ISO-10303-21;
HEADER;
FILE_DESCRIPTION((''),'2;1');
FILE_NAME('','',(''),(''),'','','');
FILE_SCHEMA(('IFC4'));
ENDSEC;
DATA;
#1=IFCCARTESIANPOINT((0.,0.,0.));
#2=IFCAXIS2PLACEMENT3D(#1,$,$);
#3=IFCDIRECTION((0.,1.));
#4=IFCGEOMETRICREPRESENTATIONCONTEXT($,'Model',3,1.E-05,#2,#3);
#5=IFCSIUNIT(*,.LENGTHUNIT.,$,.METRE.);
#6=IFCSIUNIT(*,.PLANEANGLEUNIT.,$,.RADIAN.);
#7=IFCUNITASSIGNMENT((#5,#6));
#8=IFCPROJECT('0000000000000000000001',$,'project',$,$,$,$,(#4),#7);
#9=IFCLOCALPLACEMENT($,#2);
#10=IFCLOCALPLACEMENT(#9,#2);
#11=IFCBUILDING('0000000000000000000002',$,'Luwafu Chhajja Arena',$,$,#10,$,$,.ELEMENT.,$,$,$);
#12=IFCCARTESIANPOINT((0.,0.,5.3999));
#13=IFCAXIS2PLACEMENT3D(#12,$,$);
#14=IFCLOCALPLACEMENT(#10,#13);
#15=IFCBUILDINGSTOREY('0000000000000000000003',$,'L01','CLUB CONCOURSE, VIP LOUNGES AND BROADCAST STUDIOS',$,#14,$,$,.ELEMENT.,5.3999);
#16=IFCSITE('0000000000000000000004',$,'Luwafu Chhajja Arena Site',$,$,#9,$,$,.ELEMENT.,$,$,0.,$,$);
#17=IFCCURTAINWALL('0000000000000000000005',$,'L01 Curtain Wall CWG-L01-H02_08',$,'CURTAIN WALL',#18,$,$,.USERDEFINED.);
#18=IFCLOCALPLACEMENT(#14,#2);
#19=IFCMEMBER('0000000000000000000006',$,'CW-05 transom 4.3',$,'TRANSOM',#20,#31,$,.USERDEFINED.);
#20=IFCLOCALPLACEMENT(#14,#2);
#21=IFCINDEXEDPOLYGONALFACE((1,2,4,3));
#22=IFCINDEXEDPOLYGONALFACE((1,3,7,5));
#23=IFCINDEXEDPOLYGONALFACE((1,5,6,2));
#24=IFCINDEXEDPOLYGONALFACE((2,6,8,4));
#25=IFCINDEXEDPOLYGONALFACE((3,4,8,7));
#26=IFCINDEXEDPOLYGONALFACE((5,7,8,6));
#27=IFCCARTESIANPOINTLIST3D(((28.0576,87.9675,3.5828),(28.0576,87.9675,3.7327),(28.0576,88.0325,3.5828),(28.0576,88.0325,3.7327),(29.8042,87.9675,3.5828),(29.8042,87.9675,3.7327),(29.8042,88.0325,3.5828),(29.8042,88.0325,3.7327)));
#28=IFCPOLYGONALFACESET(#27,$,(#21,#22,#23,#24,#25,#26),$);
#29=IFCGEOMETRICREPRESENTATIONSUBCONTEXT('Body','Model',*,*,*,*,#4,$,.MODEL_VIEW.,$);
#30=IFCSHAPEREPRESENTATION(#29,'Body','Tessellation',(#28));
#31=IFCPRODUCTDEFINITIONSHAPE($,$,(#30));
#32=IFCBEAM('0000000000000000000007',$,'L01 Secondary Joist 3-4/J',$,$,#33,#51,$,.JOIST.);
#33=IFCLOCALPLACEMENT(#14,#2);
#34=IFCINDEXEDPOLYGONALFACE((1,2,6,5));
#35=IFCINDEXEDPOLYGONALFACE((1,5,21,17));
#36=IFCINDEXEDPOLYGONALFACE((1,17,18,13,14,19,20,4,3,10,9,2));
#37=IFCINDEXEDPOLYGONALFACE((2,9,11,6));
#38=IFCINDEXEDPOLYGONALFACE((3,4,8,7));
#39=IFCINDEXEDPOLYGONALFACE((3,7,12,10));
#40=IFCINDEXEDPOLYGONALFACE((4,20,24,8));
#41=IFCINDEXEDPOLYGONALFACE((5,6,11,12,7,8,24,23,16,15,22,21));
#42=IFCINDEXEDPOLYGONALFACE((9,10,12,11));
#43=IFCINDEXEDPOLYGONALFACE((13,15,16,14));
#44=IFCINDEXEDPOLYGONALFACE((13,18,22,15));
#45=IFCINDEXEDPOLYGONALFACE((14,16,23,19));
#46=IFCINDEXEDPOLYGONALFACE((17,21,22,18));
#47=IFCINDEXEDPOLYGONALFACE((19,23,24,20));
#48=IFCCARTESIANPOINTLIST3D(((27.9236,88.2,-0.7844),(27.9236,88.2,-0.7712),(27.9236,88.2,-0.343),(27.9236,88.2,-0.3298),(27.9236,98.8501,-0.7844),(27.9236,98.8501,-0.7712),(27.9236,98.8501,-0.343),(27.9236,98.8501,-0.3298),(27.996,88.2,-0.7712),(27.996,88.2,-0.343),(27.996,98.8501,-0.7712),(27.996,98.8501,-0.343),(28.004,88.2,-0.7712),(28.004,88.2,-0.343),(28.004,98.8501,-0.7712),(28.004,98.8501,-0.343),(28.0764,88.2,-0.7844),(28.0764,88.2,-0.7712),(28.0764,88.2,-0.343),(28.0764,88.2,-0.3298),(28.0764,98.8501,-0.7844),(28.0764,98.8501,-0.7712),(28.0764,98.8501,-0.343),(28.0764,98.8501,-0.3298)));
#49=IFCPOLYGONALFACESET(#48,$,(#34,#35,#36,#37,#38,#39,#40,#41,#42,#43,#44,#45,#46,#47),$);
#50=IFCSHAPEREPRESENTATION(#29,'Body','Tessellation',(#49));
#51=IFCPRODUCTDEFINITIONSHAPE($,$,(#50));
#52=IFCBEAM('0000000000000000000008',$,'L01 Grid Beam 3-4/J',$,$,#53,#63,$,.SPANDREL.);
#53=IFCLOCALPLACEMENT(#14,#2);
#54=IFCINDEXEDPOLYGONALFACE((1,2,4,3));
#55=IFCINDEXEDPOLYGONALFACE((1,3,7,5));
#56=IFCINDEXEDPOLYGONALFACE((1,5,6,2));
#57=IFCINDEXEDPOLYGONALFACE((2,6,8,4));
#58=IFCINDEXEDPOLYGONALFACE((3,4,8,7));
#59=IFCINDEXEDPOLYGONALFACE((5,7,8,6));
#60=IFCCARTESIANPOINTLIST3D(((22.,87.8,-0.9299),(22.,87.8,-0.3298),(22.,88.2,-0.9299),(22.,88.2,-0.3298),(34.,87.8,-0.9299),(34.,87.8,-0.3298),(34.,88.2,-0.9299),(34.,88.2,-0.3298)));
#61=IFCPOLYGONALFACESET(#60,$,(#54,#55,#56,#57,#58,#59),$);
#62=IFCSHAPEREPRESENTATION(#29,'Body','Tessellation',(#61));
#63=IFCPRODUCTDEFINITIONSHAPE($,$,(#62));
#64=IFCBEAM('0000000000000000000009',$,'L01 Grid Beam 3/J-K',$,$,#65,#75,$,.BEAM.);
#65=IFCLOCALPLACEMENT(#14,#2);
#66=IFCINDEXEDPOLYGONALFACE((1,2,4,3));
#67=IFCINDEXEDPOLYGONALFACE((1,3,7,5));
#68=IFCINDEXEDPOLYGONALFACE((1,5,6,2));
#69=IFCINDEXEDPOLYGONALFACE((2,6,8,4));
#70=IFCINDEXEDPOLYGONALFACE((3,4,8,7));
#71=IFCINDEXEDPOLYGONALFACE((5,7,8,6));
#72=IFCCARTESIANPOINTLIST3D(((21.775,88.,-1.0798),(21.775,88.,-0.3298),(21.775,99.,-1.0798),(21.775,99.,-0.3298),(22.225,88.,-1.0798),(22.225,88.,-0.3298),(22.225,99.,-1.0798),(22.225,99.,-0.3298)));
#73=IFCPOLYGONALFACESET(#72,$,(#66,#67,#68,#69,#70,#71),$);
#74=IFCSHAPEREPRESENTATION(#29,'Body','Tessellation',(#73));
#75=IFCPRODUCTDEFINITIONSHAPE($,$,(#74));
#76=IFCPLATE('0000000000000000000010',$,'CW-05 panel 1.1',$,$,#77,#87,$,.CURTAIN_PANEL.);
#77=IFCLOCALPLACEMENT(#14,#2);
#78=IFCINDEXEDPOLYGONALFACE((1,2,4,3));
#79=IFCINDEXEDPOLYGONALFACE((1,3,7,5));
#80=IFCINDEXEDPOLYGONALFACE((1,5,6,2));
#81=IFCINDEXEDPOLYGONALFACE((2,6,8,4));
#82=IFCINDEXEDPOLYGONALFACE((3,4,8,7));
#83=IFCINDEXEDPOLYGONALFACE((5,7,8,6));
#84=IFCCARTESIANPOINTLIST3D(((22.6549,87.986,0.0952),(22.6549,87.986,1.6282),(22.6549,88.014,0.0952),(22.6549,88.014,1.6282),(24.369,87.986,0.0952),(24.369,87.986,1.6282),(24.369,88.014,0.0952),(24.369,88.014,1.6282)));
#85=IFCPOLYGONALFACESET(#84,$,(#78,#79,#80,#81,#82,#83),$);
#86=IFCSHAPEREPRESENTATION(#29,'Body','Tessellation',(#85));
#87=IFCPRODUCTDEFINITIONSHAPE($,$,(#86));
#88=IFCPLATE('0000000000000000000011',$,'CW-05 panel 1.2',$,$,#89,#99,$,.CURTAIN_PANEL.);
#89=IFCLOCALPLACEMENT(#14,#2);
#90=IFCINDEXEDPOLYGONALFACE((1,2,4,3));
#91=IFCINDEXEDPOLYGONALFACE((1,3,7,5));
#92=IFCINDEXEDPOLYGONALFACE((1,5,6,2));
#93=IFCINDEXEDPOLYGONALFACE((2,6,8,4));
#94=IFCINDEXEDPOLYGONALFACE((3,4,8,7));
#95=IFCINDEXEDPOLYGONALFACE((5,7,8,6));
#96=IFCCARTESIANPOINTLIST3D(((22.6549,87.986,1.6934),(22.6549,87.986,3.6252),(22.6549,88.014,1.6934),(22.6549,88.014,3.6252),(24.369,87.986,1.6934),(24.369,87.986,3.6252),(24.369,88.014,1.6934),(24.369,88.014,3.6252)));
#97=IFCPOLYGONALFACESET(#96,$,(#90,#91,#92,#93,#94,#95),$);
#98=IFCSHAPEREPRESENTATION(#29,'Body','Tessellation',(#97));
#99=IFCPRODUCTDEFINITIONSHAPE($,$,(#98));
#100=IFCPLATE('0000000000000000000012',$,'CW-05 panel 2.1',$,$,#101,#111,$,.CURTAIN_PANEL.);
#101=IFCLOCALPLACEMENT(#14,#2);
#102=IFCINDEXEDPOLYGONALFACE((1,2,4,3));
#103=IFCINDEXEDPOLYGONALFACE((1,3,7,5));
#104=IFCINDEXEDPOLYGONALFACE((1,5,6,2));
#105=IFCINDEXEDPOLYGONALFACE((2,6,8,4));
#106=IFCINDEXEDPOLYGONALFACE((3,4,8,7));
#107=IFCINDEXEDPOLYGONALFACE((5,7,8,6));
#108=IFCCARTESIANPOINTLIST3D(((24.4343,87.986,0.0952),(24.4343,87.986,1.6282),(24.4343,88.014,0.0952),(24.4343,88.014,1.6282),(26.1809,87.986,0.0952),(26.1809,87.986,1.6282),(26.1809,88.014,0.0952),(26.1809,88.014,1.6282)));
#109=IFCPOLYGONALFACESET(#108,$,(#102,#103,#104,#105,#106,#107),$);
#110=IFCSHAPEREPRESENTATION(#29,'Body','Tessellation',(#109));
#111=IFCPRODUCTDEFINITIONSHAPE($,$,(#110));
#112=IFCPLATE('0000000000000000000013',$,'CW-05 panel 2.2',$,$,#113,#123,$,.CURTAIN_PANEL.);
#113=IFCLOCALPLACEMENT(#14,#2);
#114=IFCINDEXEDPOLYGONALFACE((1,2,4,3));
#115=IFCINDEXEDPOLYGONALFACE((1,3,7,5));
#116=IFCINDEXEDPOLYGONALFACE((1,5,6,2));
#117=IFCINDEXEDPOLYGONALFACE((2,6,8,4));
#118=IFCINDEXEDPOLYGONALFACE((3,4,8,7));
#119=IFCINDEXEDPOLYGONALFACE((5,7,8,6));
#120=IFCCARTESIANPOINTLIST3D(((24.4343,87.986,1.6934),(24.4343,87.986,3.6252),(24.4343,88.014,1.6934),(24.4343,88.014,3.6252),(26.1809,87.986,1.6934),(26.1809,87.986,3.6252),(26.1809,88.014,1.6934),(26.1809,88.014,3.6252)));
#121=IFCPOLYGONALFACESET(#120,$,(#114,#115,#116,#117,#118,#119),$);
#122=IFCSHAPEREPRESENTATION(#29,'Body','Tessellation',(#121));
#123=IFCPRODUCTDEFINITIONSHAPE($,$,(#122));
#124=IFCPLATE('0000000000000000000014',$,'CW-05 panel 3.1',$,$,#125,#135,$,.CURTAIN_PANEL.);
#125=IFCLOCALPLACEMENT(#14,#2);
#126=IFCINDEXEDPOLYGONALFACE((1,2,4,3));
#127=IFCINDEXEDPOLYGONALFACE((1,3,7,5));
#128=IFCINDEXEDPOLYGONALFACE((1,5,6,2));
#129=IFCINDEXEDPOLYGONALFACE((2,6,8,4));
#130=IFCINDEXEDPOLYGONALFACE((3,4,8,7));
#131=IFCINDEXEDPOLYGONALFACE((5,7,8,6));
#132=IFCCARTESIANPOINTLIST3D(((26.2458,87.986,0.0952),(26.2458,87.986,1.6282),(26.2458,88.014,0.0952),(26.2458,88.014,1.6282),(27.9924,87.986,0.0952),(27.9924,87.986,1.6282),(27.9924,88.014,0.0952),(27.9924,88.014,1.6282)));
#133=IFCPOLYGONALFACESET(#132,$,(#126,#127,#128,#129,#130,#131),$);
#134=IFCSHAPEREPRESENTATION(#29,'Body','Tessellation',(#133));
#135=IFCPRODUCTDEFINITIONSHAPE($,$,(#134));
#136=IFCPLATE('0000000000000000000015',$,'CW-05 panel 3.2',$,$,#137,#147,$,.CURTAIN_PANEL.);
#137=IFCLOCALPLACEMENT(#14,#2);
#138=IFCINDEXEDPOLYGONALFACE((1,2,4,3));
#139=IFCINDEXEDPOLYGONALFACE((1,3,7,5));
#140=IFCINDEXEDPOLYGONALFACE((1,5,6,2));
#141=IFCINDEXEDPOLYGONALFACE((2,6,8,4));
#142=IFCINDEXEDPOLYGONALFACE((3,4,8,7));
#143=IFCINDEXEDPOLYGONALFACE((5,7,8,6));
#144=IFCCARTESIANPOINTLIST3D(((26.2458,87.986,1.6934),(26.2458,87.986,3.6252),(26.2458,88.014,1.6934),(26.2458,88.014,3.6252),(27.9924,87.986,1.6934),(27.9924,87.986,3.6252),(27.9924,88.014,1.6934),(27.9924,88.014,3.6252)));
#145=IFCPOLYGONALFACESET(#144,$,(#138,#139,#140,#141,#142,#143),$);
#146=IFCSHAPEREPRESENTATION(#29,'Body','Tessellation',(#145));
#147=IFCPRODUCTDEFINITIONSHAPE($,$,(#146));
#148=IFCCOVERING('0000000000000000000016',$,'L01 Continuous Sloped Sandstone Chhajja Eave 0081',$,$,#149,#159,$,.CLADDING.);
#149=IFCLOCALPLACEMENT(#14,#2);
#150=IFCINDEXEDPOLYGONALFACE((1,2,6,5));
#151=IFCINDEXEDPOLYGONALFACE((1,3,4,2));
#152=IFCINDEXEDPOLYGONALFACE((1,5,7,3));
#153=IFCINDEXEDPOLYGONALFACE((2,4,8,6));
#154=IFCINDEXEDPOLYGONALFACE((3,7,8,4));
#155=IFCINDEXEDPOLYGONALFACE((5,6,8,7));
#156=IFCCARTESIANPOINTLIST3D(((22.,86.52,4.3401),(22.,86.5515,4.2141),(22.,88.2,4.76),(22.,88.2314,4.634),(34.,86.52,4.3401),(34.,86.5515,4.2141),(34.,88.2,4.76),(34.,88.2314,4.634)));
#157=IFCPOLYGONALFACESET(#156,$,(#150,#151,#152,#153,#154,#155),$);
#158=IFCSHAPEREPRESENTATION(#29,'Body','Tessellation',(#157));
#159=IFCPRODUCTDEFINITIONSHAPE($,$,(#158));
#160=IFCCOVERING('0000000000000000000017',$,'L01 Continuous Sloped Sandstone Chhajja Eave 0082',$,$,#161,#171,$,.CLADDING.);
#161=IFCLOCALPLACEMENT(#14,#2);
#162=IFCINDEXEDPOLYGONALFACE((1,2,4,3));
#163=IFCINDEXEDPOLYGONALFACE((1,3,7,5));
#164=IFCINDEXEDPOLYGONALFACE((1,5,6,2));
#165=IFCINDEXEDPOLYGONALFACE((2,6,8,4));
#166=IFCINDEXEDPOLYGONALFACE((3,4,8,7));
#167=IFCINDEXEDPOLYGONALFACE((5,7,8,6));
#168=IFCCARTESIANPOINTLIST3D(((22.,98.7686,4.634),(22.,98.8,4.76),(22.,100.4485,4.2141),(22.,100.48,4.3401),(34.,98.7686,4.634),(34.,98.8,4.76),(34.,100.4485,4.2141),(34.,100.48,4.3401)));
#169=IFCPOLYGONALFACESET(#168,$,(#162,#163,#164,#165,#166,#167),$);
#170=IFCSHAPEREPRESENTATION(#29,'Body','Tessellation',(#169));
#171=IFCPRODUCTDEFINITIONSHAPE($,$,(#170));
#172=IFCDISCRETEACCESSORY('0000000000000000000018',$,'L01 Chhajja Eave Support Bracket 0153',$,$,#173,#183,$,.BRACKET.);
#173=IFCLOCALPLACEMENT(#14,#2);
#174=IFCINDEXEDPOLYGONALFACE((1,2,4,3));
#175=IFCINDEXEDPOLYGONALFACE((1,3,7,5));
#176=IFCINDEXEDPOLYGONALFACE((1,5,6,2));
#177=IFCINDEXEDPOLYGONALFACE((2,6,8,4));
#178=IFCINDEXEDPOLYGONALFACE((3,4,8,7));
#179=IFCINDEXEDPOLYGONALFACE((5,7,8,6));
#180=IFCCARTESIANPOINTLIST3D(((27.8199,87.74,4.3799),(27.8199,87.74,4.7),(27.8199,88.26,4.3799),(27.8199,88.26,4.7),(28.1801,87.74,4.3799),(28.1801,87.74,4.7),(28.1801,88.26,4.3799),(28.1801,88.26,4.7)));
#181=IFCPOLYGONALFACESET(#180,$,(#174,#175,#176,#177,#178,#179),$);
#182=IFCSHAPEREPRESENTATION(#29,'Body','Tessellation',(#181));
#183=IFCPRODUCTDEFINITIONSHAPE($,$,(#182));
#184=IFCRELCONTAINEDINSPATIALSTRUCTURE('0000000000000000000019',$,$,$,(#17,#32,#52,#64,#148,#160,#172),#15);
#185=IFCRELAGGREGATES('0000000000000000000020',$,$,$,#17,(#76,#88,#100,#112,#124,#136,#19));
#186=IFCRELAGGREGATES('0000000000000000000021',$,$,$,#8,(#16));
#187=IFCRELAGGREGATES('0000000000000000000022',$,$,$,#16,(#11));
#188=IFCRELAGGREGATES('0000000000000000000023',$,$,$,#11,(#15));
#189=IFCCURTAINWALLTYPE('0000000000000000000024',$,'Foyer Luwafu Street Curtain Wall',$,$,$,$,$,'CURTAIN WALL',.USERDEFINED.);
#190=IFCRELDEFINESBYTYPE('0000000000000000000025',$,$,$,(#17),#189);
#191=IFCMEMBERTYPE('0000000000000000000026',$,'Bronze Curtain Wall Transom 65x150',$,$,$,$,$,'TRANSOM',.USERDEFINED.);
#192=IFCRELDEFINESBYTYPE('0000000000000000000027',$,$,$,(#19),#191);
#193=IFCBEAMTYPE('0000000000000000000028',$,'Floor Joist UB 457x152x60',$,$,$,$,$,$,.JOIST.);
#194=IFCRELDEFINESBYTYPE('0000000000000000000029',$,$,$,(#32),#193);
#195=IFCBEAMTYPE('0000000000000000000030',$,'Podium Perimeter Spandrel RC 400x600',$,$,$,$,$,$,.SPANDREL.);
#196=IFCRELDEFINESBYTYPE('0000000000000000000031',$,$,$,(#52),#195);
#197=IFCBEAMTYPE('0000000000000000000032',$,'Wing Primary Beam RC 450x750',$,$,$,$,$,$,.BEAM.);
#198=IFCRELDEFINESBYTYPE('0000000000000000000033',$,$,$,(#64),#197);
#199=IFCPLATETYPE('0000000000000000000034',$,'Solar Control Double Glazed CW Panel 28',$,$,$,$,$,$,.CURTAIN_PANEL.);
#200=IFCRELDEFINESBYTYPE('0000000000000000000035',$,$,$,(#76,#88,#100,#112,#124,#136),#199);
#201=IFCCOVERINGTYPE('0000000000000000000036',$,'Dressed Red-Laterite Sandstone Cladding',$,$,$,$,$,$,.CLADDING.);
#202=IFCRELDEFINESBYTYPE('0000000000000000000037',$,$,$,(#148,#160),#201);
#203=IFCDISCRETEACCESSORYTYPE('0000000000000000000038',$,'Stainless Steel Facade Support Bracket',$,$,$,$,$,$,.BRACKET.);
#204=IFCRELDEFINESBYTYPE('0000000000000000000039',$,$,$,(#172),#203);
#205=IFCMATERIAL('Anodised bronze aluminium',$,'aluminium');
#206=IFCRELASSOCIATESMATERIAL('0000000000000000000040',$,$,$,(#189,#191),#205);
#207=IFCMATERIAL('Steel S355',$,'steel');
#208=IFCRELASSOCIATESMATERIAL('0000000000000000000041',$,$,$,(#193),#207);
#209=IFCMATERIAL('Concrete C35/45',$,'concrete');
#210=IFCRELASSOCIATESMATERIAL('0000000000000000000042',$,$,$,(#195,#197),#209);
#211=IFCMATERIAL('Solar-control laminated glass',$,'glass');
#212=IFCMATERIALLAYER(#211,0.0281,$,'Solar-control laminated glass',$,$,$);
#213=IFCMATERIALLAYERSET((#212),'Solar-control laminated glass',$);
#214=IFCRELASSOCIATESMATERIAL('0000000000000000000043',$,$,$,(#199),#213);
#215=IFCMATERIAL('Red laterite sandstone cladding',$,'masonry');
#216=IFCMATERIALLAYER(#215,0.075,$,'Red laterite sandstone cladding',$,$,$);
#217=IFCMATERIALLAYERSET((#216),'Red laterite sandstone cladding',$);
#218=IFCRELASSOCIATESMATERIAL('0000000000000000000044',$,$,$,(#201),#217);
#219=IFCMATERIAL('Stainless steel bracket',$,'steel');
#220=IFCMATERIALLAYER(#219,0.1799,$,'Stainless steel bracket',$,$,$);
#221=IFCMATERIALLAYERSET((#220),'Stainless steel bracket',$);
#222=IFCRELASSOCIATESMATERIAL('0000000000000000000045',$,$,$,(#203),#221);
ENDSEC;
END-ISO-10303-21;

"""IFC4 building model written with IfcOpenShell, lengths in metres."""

from ifc_helpers import new_model, si_unit, direction, frame, origin, origin_2d, place, context, subcontext, project, spatial, polyline, rectangle, i_section, outline, extrude, material, layer, layer_set, material_profile, profile_set, type_object, element, aggregate, save


model = new_model("IFC4")

# Units and contexts
model_context = context("Model", 3, precision=1e-05, world=origin(), true_north=direction((0.0, 1.0)))
body_context = subcontext(model_context, "Body", "Model", "MODEL_VIEW")
ifc_project = project(units=[si_unit("LENGTHUNIT", "METRE"), si_unit("PLANEANGLEUNIT", "RADIAN")], contexts=[model_context])

# Site, building, storey
site_placement = place(None, origin())
site = spatial("IfcSite", under=ifc_project, at=site_placement, Name="Luwafu Chhajja Arena Site", CompositionType="ELEMENT", RefElevation=0.0)
building_placement = place(site_placement, origin())
building = spatial("IfcBuilding", under=site, at=building_placement, Name="Luwafu Chhajja Arena", CompositionType="ELEMENT")
storey_placement = place(building_placement, frame((0.0, 0.0, 5.3999)))
storey = spatial("IfcBuildingStorey", under=building, at=storey_placement, Name="L01", Description="CLUB CONCOURSE, VIP LOUNGES AND BROADCAST STUDIOS", CompositionType="ELEMENT", Elevation=5.3999)

# Curtain wall, member
ifc_material_1 = material(Name="Anodised bronze aluminium", Category="aluminium")
curtain_wall_type = type_object("IfcCurtainWallType", Name="Foyer Luwafu Street Curtain Wall", ElementType="CURTAIN WALL", PredefinedType="USERDEFINED", material=ifc_material_1)
curtain_wall_placement = place(storey_placement, origin())
curtain_wall = element("IfcCurtainWall", 1, at=curtain_wall_placement, inside=storey, type_object=curtain_wall_type, Name="L01 Curtain Wall CWG-L01-H02_08", ObjectType="CURTAIN WALL", PredefinedType="USERDEFINED")
ifc_material_profile_1 = material_profile(ifc_material_1, rectangle(XDim=0.0649, YDim=0.1499, at=origin_2d()), Name="CWT 65x150")
ifc_profile_set_1 = profile_set([ifc_material_profile_1], Name="Anodised bronze aluminium")
member_type_1 = type_object("IfcMemberType", Name="Bronze Curtain Wall Transom 65x150", ElementType="TRANSOM", PredefinedType="USERDEFINED", material=ifc_profile_set_1)
member_1_placement = place(storey_placement, frame((28.0576, 88.0, 3.6577), z_axis=(1.0, 0.0, 0.0), x_axis=(0.0, 1.0, 0.0)))
member_1 = element("IfcMember", 2, at=member_1_placement, type_object=member_type_1, Name="CW-05 transom 4.3", ObjectType="TRANSOM", PredefinedType="USERDEFINED", context=body_context, shape_type="SweptSolid", body=[
    extrude(rectangle(XDim=0.0649, YDim=0.1499, at=origin_2d()), origin(), (0.0, 0.0, 1.0), 1.7466),
])

# Beams
ifc_material_2 = material(Name="Steel S355", Category="steel")
ifc_material_profile_2 = material_profile(ifc_material_2, i_section(OverallWidth=0.1528, OverallDepth=0.4546, WebThickness=0.0081, FlangeThickness=0.0132, at=origin_2d()), Name="UB 457x152x60")
ifc_profile_set_2 = profile_set([ifc_material_profile_2], Name="Steel S355")
beam_type_1 = type_object("IfcBeamType", Name="Floor Joist UB 457x152x60", PredefinedType="JOIST", material=ifc_profile_set_2)
beam_1_placement = place(storey_placement, frame((28.0, 88.2, -0.5571), z_axis=(0.0, 1.0, 0.0), x_axis=(-1.0, 0.0, 0.0)))
element("IfcBeam", 3, at=beam_1_placement, inside=storey, type_object=beam_type_1, Name="L01 Secondary Joist 3-4/J", PredefinedType="JOIST", context=body_context, shape_type="SweptSolid", body=[
    extrude(i_section(OverallWidth=0.1528, OverallDepth=0.4546, WebThickness=0.0081, FlangeThickness=0.0132, at=origin_2d()), origin(), (0.0, 0.0, 1.0), 10.6501),
])
ifc_material_3 = material(Name="Concrete C35/45", Category="concrete")
ifc_material_profile_3 = material_profile(ifc_material_3, rectangle(XDim=0.3999, YDim=0.6001, at=origin_2d()), Name="RC 400x600")
ifc_profile_set_3 = profile_set([ifc_material_profile_3], Name="Concrete C35/45")
beam_type_2 = type_object("IfcBeamType", Name="Podium Perimeter Spandrel RC 400x600", PredefinedType="SPANDREL", material=ifc_profile_set_3)
beam_2_placement = place(storey_placement, frame((22.0, 88.0, -0.6299), z_axis=(1.0, 0.0, 0.0), x_axis=(0.0, 1.0, 0.0)))
element("IfcBeam", 4, at=beam_2_placement, inside=storey, type_object=beam_type_2, Name="L01 Grid Beam 3-4/J", PredefinedType="SPANDREL", context=body_context, shape_type="SweptSolid", body=[
    extrude(rectangle(XDim=0.3999, YDim=0.6001, at=origin_2d()), origin(), (0.0, 0.0, 1.0), 12.0),
])
ifc_material_profile_4 = material_profile(ifc_material_3, rectangle(XDim=0.45, YDim=0.75, at=origin_2d()), Name="RC 450x750")
ifc_profile_set_4 = profile_set([ifc_material_profile_4], Name="Concrete C35/45")
beam_type_3 = type_object("IfcBeamType", Name="Wing Primary Beam RC 450x750", PredefinedType="BEAM", material=ifc_profile_set_4)
beam_3_placement = place(storey_placement, frame((22.0, 88.0, -0.7048), z_axis=(0.0, 1.0, 0.0), x_axis=(-1.0, 0.0, 0.0)))
element("IfcBeam", 5, at=beam_3_placement, inside=storey, type_object=beam_type_3, Name="L01 Grid Beam 3/J-K", PredefinedType="BEAM", context=body_context, shape_type="SweptSolid", body=[
    extrude(rectangle(XDim=0.45, YDim=0.75, at=origin_2d()), origin(), (0.0, 0.0, 1.0), 11.0),
])

# Plates
ifc_material_4 = material(Name="Solar-control laminated glass", Category="glass")
ifc_layer_1 = layer(ifc_material_4, 0.0281, Name="Solar-control laminated glass")
ifc_layer_set_1 = layer_set([ifc_layer_1], Name="Solar-control laminated glass")
plate_type = type_object("IfcPlateType", Name="Solar Control Double Glazed CW Panel 28", PredefinedType="CURTAIN_PANEL", material=ifc_layer_set_1)
plate_1_placement = place(storey_placement, frame((23.512, 88.0, 0.0952), z_axis=(0.0, 0.0, 1.0), x_axis=(1.0, 0.0, 0.0)))
plate_1 = element("IfcPlate", 6, at=plate_1_placement, type_object=plate_type, Name="CW-05 panel 1.1", PredefinedType="CURTAIN_PANEL", context=body_context, shape_type="SweptSolid", body=[
    extrude(rectangle(XDim=1.7141, YDim=0.0281, at=origin_2d()), origin(), (0.0, 0.0, 1.0), 1.533),
])
plate_2_placement = place(storey_placement, frame((23.512, 88.0, 1.6934), z_axis=(0.0, 0.0, 1.0), x_axis=(1.0, 0.0, 0.0)))
plate_2 = element("IfcPlate", 7, at=plate_2_placement, type_object=plate_type, Name="CW-05 panel 1.2", PredefinedType="CURTAIN_PANEL", context=body_context, shape_type="SweptSolid", body=[
    extrude(rectangle(XDim=1.7141, YDim=0.0281, at=origin_2d()), origin(), (0.0, 0.0, 1.0), 1.9319),
])
plate_3_placement = place(storey_placement, frame((25.3076, 88.0, 0.0952), z_axis=(0.0, 0.0, 1.0), x_axis=(1.0, 0.0, 0.0)))
plate_3 = element("IfcPlate", 8, at=plate_3_placement, type_object=plate_type, Name="CW-05 panel 2.1", PredefinedType="CURTAIN_PANEL", context=body_context, shape_type="SweptSolid", body=[
    extrude(rectangle(XDim=1.7466, YDim=0.0281, at=origin_2d()), origin(), (0.0, 0.0, 1.0), 1.533),
])
plate_4_placement = place(storey_placement, frame((25.3076, 88.0, 1.6934), z_axis=(0.0, 0.0, 1.0), x_axis=(1.0, 0.0, 0.0)))
plate_4 = element("IfcPlate", 9, at=plate_4_placement, type_object=plate_type, Name="CW-05 panel 2.2", PredefinedType="CURTAIN_PANEL", context=body_context, shape_type="SweptSolid", body=[
    extrude(rectangle(XDim=1.7466, YDim=0.0281, at=origin_2d()), origin(), (0.0, 0.0, 1.0), 1.9319),
])
plate_5_placement = place(storey_placement, frame((27.1191, 88.0, 0.0952), z_axis=(0.0, 0.0, 1.0), x_axis=(1.0, 0.0, 0.0)))
plate_5 = element("IfcPlate", 10, at=plate_5_placement, type_object=plate_type, Name="CW-05 panel 3.1", PredefinedType="CURTAIN_PANEL", context=body_context, shape_type="SweptSolid", body=[
    extrude(rectangle(XDim=1.7466, YDim=0.0281, at=origin_2d()), origin(), (0.0, 0.0, 1.0), 1.533),
])
plate_6_placement = place(storey_placement, frame((27.1191, 88.0, 1.6934), z_axis=(0.0, 0.0, 1.0), x_axis=(1.0, 0.0, 0.0)))
plate_6 = element("IfcPlate", 11, at=plate_6_placement, type_object=plate_type, Name="CW-05 panel 3.2", PredefinedType="CURTAIN_PANEL", context=body_context, shape_type="SweptSolid", body=[
    extrude(rectangle(XDim=1.7466, YDim=0.0281, at=origin_2d()), origin(), (0.0, 0.0, 1.0), 1.9319),
])
aggregate(curtain_wall, [plate_1, plate_2, plate_3, plate_4, plate_5, plate_6, member_1])

# Coverings
ifc_material_5 = material(Name="Red laterite sandstone cladding", Category="masonry")
ifc_layer_2 = layer(ifc_material_5, 0.075, Name="Red laterite sandstone cladding")
ifc_layer_set_2 = layer_set([ifc_layer_2], Name="Red laterite sandstone cladding")
covering_type = type_object("IfcCoveringType", Name="Dressed Red-Laterite Sandstone Cladding", PredefinedType="CLADDING", material=ifc_layer_set_2)
covering_1_placement = place(storey_placement, frame((22.0, 88.2, 4.76), z_axis=(0.0, -0.242502, 0.970151), x_axis=(1.0, 0.0, 0.0)))
element("IfcCovering", 12, at=covering_1_placement, inside=storey, type_object=covering_type, Name="L01 Continuous Sloped Sandstone Chhajja Eave 0081", PredefinedType="CLADDING", context=body_context, shape_type="SweptSolid", body=[
    extrude(outline(polyline([(0.0, 0.0), (12.0, 0.0), (12.0, -1.7316), (0.0, -1.7316), (0.0, 0.0)])), origin(), (0.0, 0.0, -1.0), 0.1299),
])
covering_2_placement = place(storey_placement, frame((22.0, 98.8, 4.76), z_axis=(0.0, 0.242502, 0.970151), x_axis=(1.0, 0.0, 0.0)))
element("IfcCovering", 13, at=covering_2_placement, inside=storey, type_object=covering_type, Name="L01 Continuous Sloped Sandstone Chhajja Eave 0082", PredefinedType="CLADDING", context=body_context, shape_type="SweptSolid", body=[
    extrude(outline(polyline([(0.0, 0.0), (12.0, 0.0), (12.0, 1.7316), (0.0, 1.7316), (0.0, 0.0)])), origin(), (0.0, 0.0, -1.0), 0.1299),
])

# Discrete accessory
ifc_material_6 = material(Name="Stainless steel bracket", Category="steel")
ifc_layer_3 = layer(ifc_material_6, 0.1799, Name="Stainless steel bracket")
ifc_layer_set_3 = layer_set([ifc_layer_3], Name="Stainless steel bracket")
discrete_accessory_type = type_object("IfcDiscreteAccessoryType", Name="Stainless Steel Facade Support Bracket", PredefinedType="BRACKET", material=ifc_layer_set_3)
discrete_accessory_1_placement = place(storey_placement, frame((28.0, 88.0, 4.3799), z_axis=(0.0, 0.0, 1.0), x_axis=(1.0, 0.0, 0.0)))
element("IfcDiscreteAccessory", 14, at=discrete_accessory_1_placement, inside=storey, type_object=discrete_accessory_type, Name="L01 Chhajja Eave Support Bracket 0153", PredefinedType="BRACKET", context=body_context, shape_type="SweptSolid", body=[
    extrude(rectangle(XDim=0.3601, YDim=0.52, at=origin_2d()), origin(), (0.0, 0.0, 1.0), 0.3201),
])

save(model, "model.ifc")
